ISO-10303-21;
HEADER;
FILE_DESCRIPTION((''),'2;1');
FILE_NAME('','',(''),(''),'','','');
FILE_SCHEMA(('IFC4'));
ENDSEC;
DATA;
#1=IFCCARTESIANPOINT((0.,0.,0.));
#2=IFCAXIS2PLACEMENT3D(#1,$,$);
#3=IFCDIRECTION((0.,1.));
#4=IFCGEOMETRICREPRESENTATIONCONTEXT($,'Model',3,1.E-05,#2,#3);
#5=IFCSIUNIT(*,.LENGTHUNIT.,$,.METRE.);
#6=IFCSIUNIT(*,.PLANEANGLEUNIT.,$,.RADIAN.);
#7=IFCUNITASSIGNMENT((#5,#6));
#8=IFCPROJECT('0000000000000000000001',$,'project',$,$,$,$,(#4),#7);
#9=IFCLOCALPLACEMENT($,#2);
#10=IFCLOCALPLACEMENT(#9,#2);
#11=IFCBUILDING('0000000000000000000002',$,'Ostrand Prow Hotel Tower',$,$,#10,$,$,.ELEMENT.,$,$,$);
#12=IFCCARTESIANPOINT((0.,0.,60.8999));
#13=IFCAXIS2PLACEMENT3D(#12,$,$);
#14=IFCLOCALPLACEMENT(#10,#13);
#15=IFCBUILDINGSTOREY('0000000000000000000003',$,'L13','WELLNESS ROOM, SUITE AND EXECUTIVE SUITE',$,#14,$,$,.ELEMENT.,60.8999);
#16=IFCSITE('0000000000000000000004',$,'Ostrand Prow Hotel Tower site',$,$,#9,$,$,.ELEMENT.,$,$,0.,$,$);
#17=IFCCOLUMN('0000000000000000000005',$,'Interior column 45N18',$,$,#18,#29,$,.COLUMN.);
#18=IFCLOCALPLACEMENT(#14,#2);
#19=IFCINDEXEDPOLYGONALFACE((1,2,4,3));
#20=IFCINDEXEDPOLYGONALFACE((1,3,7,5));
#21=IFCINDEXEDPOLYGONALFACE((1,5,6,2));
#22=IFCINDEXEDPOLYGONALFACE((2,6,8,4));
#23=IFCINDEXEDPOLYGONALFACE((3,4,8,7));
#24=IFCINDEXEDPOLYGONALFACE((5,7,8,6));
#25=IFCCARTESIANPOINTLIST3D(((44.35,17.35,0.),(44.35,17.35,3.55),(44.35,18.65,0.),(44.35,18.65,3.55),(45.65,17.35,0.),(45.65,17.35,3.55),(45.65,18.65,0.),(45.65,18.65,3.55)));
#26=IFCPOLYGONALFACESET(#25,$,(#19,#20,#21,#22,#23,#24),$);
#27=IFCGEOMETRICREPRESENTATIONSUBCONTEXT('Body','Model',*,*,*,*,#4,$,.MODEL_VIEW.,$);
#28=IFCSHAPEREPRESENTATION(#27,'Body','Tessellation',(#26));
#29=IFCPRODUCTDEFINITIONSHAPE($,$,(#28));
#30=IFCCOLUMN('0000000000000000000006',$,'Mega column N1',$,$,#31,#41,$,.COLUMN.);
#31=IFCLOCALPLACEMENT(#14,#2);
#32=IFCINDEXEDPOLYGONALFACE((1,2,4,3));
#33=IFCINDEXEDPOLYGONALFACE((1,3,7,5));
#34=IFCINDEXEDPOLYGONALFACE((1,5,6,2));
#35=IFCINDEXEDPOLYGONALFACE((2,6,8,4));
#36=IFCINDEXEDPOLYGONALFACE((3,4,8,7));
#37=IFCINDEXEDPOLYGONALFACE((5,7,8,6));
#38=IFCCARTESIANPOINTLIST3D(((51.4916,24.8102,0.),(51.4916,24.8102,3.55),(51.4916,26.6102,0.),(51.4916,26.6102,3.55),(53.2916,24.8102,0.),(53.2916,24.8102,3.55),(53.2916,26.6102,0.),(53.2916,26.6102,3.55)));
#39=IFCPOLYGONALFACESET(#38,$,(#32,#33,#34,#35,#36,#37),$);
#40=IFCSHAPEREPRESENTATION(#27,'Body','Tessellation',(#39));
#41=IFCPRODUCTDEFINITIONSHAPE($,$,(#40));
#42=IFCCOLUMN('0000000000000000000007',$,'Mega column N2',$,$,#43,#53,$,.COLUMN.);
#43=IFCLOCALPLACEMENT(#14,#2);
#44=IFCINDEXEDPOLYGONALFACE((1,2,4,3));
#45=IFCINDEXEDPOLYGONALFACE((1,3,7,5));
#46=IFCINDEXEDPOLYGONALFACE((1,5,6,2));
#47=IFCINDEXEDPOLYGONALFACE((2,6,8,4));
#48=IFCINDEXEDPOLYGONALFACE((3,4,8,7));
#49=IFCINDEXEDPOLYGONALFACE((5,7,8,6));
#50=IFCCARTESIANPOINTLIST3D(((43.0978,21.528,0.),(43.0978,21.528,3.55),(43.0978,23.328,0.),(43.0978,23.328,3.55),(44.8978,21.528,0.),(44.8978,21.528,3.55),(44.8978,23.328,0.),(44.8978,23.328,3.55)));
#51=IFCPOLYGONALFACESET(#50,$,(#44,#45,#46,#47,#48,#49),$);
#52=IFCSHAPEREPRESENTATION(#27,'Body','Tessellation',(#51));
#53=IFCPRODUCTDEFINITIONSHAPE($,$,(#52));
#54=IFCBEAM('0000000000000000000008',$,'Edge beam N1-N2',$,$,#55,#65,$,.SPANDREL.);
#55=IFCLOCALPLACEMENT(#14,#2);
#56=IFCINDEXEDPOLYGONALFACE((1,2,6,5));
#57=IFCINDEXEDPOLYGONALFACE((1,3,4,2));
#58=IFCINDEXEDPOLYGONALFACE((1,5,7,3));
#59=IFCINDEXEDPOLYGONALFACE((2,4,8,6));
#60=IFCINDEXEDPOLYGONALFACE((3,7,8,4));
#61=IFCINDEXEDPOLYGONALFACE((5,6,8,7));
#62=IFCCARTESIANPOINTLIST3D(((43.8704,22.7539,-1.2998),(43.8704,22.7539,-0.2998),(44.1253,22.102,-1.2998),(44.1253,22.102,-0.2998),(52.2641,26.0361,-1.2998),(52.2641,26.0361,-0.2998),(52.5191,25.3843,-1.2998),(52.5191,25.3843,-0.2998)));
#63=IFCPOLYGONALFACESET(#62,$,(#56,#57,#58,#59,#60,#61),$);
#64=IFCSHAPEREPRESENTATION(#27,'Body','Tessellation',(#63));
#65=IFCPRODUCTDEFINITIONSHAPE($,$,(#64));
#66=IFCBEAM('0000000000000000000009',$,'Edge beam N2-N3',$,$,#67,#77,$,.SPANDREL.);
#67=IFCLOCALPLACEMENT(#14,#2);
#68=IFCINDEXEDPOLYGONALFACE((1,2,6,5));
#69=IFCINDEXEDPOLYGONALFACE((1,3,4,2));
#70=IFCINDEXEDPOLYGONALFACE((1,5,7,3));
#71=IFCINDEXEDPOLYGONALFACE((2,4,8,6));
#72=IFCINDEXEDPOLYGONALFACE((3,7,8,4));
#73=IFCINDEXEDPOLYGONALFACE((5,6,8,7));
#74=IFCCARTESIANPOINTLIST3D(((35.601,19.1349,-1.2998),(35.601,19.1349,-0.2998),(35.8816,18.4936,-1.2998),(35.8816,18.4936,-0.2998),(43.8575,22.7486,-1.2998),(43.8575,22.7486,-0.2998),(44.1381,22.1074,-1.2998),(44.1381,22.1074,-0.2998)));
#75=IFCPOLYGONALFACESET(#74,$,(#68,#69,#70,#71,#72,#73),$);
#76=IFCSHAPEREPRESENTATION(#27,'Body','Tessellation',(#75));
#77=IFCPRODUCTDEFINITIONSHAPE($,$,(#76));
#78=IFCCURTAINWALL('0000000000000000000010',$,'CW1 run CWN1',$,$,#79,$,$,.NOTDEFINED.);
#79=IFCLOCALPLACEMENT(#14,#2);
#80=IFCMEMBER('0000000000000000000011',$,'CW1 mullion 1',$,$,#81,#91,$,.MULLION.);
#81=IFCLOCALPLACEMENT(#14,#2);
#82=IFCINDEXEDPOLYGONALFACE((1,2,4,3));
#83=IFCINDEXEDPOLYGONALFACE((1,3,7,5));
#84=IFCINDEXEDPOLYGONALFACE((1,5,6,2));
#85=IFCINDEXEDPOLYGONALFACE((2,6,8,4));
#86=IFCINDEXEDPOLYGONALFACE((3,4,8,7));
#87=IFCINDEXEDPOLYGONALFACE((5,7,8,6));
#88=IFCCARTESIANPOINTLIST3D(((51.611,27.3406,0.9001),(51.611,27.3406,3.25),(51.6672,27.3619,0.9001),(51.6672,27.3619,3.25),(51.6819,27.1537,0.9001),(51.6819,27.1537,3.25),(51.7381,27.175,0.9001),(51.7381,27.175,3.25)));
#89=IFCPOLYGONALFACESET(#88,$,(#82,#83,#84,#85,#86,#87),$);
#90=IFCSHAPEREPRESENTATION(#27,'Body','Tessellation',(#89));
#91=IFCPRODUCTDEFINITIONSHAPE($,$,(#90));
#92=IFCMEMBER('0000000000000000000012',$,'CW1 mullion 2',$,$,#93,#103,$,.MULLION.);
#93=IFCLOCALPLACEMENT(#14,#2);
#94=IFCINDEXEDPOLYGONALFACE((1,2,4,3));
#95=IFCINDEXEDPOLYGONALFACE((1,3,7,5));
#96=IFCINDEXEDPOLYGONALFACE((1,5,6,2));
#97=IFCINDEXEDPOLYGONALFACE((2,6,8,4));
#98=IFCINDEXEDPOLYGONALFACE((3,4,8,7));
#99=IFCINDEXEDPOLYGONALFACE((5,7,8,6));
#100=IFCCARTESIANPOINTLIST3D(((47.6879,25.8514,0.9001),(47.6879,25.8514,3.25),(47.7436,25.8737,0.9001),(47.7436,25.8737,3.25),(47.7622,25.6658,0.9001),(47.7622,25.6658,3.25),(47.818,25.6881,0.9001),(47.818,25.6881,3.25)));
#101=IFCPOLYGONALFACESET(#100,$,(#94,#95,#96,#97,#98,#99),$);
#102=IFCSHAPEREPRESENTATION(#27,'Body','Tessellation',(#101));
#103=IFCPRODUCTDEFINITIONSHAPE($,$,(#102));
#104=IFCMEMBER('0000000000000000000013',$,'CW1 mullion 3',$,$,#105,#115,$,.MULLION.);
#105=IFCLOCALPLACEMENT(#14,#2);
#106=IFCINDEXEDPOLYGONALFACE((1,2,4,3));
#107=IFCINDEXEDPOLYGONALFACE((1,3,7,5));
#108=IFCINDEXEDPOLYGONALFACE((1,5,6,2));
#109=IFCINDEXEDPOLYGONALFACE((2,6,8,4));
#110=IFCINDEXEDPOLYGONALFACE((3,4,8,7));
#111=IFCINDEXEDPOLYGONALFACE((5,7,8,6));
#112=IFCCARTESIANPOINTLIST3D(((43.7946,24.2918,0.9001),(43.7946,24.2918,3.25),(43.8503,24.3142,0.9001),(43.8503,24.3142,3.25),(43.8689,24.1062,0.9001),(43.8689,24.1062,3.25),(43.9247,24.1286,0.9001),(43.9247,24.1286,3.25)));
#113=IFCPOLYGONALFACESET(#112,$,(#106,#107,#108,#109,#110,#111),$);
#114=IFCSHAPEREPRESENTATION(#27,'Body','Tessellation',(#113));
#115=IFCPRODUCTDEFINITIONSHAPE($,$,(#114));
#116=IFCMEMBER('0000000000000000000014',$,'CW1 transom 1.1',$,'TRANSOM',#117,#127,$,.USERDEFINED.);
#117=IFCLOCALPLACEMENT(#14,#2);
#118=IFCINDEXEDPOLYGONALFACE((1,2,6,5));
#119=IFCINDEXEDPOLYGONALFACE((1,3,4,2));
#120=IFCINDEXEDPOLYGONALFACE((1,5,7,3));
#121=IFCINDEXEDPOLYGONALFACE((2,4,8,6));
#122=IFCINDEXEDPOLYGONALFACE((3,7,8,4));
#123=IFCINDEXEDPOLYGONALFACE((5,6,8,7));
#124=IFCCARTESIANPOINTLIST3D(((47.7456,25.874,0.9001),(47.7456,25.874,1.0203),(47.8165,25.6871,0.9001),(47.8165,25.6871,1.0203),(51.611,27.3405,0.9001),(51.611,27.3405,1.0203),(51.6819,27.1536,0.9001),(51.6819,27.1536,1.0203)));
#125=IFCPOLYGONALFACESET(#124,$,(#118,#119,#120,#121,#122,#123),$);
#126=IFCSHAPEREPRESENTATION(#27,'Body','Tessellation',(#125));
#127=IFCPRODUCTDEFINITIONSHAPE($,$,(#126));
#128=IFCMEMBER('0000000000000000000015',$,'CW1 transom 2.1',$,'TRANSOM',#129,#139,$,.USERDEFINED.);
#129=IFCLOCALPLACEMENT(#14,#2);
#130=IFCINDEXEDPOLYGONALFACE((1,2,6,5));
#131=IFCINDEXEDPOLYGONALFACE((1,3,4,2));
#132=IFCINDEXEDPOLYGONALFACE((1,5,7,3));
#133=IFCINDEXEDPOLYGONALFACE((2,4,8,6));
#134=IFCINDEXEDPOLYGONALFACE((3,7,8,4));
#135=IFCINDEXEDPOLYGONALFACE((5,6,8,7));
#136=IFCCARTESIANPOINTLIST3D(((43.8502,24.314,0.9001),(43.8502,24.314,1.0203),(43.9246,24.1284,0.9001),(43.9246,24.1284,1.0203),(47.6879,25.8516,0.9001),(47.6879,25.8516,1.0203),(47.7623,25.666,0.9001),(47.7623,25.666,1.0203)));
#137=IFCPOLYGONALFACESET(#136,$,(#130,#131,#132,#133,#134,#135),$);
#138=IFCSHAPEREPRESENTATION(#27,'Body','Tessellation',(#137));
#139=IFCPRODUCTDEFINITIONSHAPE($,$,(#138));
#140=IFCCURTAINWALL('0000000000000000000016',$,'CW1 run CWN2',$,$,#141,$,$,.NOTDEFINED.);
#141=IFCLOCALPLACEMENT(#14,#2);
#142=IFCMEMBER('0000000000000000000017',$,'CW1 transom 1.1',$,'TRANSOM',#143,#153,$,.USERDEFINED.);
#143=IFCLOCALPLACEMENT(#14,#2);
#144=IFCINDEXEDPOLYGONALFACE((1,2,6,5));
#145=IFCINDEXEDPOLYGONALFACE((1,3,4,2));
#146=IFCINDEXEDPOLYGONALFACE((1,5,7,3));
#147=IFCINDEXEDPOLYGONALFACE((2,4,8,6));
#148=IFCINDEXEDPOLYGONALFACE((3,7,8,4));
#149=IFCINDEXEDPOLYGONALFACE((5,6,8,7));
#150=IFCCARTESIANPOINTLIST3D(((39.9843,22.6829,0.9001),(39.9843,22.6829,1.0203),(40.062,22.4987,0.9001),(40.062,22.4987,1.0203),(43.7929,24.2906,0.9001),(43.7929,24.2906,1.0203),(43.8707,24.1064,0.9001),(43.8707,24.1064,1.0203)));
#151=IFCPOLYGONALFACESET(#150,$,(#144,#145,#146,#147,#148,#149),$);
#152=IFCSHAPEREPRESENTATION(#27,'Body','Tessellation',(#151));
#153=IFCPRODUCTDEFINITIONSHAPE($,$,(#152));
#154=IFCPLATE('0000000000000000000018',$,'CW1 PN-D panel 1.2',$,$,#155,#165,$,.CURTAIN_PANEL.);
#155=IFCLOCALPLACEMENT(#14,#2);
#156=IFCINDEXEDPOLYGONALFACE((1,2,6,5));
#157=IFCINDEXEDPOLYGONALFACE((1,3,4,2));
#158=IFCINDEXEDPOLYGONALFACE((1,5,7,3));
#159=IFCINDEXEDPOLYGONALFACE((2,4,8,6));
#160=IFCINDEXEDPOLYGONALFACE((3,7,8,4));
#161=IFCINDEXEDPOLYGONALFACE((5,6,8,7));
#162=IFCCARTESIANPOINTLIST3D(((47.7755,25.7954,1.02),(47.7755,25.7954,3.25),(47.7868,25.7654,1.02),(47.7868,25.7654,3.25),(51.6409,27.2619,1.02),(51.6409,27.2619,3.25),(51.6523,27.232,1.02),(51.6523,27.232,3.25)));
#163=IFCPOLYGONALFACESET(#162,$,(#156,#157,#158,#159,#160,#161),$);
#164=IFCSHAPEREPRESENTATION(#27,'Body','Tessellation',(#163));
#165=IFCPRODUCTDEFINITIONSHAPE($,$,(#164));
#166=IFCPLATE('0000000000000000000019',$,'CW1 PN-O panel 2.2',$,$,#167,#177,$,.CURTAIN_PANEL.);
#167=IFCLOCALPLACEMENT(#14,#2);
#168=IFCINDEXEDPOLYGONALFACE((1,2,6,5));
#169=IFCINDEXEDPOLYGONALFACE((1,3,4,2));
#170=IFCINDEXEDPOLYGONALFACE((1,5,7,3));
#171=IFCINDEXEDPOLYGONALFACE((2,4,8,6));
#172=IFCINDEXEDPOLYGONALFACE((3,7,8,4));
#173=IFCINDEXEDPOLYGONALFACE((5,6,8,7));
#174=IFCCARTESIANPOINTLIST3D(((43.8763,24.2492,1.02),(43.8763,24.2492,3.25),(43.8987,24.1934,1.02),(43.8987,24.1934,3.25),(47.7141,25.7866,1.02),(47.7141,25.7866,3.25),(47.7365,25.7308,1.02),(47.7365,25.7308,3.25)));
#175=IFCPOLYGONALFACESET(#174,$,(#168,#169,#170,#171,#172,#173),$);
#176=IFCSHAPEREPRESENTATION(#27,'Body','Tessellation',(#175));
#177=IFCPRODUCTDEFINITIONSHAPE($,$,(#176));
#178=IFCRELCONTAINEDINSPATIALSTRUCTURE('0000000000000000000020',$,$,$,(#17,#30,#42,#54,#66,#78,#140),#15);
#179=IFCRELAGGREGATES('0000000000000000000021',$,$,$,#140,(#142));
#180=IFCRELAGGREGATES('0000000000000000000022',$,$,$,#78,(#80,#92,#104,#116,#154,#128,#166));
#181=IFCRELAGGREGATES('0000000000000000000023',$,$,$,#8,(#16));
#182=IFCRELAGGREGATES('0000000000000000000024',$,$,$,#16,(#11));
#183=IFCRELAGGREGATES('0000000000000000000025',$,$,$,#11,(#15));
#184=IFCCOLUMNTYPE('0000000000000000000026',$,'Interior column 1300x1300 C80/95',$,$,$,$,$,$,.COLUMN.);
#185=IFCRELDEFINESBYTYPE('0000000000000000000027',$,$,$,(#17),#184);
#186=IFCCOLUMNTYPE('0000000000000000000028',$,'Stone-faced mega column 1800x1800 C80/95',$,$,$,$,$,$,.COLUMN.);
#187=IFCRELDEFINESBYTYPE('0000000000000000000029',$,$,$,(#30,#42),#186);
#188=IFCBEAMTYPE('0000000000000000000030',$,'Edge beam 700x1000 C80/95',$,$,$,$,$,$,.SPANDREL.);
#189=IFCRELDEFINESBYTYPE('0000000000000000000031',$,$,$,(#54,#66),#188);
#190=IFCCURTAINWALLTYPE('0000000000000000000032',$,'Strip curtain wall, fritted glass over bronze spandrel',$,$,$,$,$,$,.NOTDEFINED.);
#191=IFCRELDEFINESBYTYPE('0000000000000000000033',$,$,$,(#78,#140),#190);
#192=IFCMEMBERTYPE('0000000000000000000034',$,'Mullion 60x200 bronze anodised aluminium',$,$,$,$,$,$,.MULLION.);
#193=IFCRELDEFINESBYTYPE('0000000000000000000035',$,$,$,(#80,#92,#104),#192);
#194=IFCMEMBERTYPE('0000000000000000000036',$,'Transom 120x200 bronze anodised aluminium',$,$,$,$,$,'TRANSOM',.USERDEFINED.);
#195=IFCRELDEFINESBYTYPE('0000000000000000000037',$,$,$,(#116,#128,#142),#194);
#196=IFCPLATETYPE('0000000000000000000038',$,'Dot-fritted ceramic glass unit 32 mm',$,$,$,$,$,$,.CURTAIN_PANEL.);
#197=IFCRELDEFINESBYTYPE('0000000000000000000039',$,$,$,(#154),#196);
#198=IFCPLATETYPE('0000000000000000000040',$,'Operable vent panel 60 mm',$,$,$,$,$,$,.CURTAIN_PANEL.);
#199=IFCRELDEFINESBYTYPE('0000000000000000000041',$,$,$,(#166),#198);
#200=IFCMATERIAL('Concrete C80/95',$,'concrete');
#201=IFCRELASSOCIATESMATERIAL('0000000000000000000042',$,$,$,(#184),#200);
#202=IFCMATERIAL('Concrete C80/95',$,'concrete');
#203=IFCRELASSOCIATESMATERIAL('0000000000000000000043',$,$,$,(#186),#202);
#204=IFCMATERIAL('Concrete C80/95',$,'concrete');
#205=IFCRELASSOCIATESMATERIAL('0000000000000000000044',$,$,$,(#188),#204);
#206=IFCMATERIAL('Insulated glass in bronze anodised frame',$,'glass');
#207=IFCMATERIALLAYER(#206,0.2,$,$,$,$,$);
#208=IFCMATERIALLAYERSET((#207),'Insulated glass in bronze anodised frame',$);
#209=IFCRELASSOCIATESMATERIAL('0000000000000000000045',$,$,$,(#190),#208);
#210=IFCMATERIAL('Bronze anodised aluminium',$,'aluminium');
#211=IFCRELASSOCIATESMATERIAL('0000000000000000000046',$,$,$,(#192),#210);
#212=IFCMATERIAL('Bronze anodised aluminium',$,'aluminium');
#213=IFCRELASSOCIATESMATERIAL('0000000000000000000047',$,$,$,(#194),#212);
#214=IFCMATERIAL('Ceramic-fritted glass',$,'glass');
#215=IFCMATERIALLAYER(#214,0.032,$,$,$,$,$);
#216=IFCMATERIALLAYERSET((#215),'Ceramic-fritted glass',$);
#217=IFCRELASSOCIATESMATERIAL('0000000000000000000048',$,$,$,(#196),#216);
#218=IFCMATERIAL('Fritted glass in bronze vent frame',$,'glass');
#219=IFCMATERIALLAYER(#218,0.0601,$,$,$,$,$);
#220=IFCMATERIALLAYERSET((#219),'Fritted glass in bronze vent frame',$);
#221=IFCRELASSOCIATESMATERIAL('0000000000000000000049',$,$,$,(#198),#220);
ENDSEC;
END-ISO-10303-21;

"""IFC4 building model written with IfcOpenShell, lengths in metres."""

from ifc_helpers import new_model, si_unit, direction, frame, origin, origin_2d, place, context, subcontext, project, spatial, rectangle, extrude, material, layer, layer_set, material_profile, profile_set, type_object, element, aggregate, save


model = new_model("IFC4")

# Units and contexts
model_context = context("Model", 3, precision=1e-05, world=origin(), true_north=direction((0.0, 1.0)))
body_context = subcontext(model_context, "Body", "Model", "MODEL_VIEW")
ifc_project = project(units=[si_unit("LENGTHUNIT", "METRE"), si_unit("PLANEANGLEUNIT", "RADIAN")], contexts=[model_context])

# Site, building, storey
site_placement = place(None, origin())
site = spatial("IfcSite", under=ifc_project, at=site_placement, Name="Ostrand Prow Hotel Tower site", CompositionType="ELEMENT", RefElevation=0.0)
building_placement = place(site_placement, origin())
building = spatial("IfcBuilding", under=site, at=building_placement, Name="Ostrand Prow Hotel Tower", CompositionType="ELEMENT")
storey_placement = place(building_placement, frame((0.0, 0.0, 60.8999)))
storey = spatial("IfcBuildingStorey", under=building, at=storey_placement, Name="L13", Description="WELLNESS ROOM, SUITE AND EXECUTIVE SUITE", CompositionType="ELEMENT", Elevation=60.8999)

# Columns
ifc_material_1 = material(Name="Concrete C80/95", Category="concrete")
ifc_material_profile_1 = material_profile(ifc_material_1, rectangle(XDim=1.3, YDim=1.3, at=origin_2d()), Name="RC 1300x1300")
ifc_profile_set_1 = profile_set([ifc_material_profile_1], Name="Concrete C80/95")
column_type_1 = type_object("IfcColumnType", Name="Interior column 1300x1300 C80/95", PredefinedType="COLUMN", material=ifc_profile_set_1)
column_placement = place(storey_placement, frame((45.0, 18.0, 0.0), z_axis=(0.0, 0.0, 1.0), x_axis=(1.0, 0.0, 0.0)))
element("IfcColumn", 1, at=column_placement, inside=storey, type_object=column_type_1, Name="Interior column 45N18", PredefinedType="COLUMN", context=body_context, shape_type="SweptSolid", body=[
    extrude(rectangle(XDim=1.3, YDim=1.3, at=origin_2d()), origin(), (0.0, 0.0, 1.0), 3.55),
])
ifc_material_2 = material(Name="Concrete C80/95", Category="concrete")
ifc_material_profile_2 = material_profile(ifc_material_2, rectangle(XDim=1.8, YDim=1.8, at=origin_2d()), Name="RC 1800x1800")
ifc_profile_set_2 = profile_set([ifc_material_profile_2], Name="Concrete C80/95")
column_type_2 = type_object("IfcColumnType", Name="Stone-faced mega column 1800x1800 C80/95", PredefinedType="COLUMN", material=ifc_profile_set_2)
for number, where, z_axis, x_axis, name in (
    (2, (52.3916, 25.7102, 0.0), (0.0, 0.0, 1.0), (1.0, 0.0, 0.0), "Mega column N1"),
    (3, (43.9978, 22.428, 0.0), (0.0, 0.0, 1.0), (1.0, 0.0, 0.0), "Mega column N2"),
):
    element("IfcColumn", number, at=place(storey_placement, frame(where, z_axis=z_axis, x_axis=x_axis)), inside=storey, type_object=column_type_2, Name=name, PredefinedType="COLUMN", context=body_context, shape_type="SweptSolid", body=[
        extrude(rectangle(XDim=1.8, YDim=1.8, at=origin_2d()), origin(), (0.0, 0.0, 1.0), 3.55),
    ])

# Beams
ifc_material_3 = material(Name="Concrete C80/95", Category="concrete")
ifc_material_profile_3 = material_profile(ifc_material_3, rectangle(XDim=0.7, YDim=1.0, at=origin_2d()), Name="RC 700x1000")
ifc_profile_set_3 = profile_set([ifc_material_profile_3], Name="Concrete C80/95")
beam_type = type_object("IfcBeamType", Name="Edge beam 700x1000 C80/95", PredefinedType="SPANDREL", material=ifc_profile_set_3)
for number, where, z_axis, x_axis, name in (
    (4, (52.3916, 25.7102, -0.7998), (-0.931329, -0.364178, 0.0), (0.364178, -0.931329, 0.0), "Edge beam N1-N2"),
    (5, (43.9978, 22.428, -0.7998), (-0.916096, -0.40096, 0.0), (0.40096, -0.916096, 0.0), "Edge beam N2-N3"),
):
    element("IfcBeam", number, at=place(storey_placement, frame(where, z_axis=z_axis, x_axis=x_axis)), inside=storey, type_object=beam_type, Name=name, PredefinedType="SPANDREL", context=body_context, shape_type="SweptSolid", body=[
        extrude(rectangle(XDim=0.7, YDim=1.0, at=origin_2d()), origin(), (0.0, 0.0, 1.0), 9.0127),
    ])

# Curtain wall, members
ifc_material_4 = material(Name="Insulated glass in bronze anodised frame", Category="glass")
ifc_layer_1 = layer(ifc_material_4, 0.2)
ifc_layer_set_1 = layer_set([ifc_layer_1], Name="Insulated glass in bronze anodised frame")
curtain_wall_type = type_object("IfcCurtainWallType", Name="Strip curtain wall, fritted glass over bronze spandrel", PredefinedType="NOTDEFINED", material=ifc_layer_set_1)
curtain_wall_1_placement = place(storey_placement, origin())
curtain_wall_1 = element("IfcCurtainWall", 6, at=curtain_wall_1_placement, inside=storey, type_object=curtain_wall_type, Name="CW1 run CWN1", PredefinedType="NOTDEFINED")
ifc_material_5 = material(Name="Bronze anodised aluminium", Category="aluminium")
ifc_material_profile_4 = material_profile(ifc_material_5, rectangle(XDim=0.2, YDim=0.0601, at=origin_2d()), Name="Mullion 60x200 bronze anodised aluminium")
ifc_profile_set_4 = profile_set([ifc_material_profile_4], Name="Bronze anodised aluminium")
member_type_1 = type_object("IfcMemberType", Name="Mullion 60x200 bronze anodised aluminium", PredefinedType="MULLION", material=ifc_profile_set_4)
member_1_placement = place(storey_placement, frame((51.6746, 27.2578, 0.9001), z_axis=(0.0, 0.0, 1.0), x_axis=(0.354728, -0.934969, 0.0)))
member_1 = element("IfcMember", 7, at=member_1_placement, type_object=member_type_1, Name="CW1 mullion 1", PredefinedType="MULLION", context=body_context, shape_type="SweptSolid", body=[
    extrude(rectangle(XDim=0.2, YDim=0.0601, at=origin_2d()), origin(), (0.0, 0.0, 1.0), 2.3499),
])
member_2_placement = place(storey_placement, frame((47.7529, 25.7698, 0.9001), z_axis=(0.0, 0.0, 1.0), x_axis=(0.371873, -0.928283, 0.0)))
member_2 = element("IfcMember", 8, at=member_2_placement, type_object=member_type_1, Name="CW1 mullion 2", PredefinedType="MULLION", context=body_context, shape_type="SweptSolid", body=[
    extrude(rectangle(XDim=0.2, YDim=0.0601, at=origin_2d()), origin(), (0.0, 0.0, 1.0), 2.3499),
])
member_3_placement = place(storey_placement, frame((43.8596, 24.2102, 0.9001), z_axis=(0.0, 0.0, 1.0), x_axis=(0.371873, -0.928283, 0.0)))
member_3 = element("IfcMember", 9, at=member_3_placement, type_object=member_type_1, Name="CW1 mullion 3", PredefinedType="MULLION", context=body_context, shape_type="SweptSolid", body=[
    extrude(rectangle(XDim=0.2, YDim=0.0601, at=origin_2d()), origin(), (0.0, 0.0, 1.0), 2.3499),
])
ifc_material_6 = material(Name="Bronze anodised aluminium", Category="aluminium")
ifc_material_profile_5 = material_profile(ifc_material_6, rectangle(XDim=0.2, YDim=0.1201, at=origin_2d()), Name="Transom 120x200 bronze anodised aluminium")
ifc_profile_set_5 = profile_set([ifc_material_profile_5], Name="Bronze anodised aluminium")
member_type_2 = type_object("IfcMemberType", Name="Transom 120x200 bronze anodised aluminium", ElementType="TRANSOM", PredefinedType="USERDEFINED", material=ifc_profile_set_5)
member_4_placement = place(storey_placement, frame((51.6465, 27.2471, 0.9602), z_axis=(-0.934971, -0.354725, 0.0), x_axis=(0.354725, -0.934971, 0.0)))
member_4 = element("IfcMember", 10, at=member_4_placement, type_object=member_type_2, Name="CW1 transom 1.1", ObjectType="TRANSOM", PredefinedType="USERDEFINED", context=body_context, shape_type="SweptSolid", body=[
    extrude(rectangle(XDim=0.2, YDim=0.1201, at=origin_2d()), origin(), (0.0, 0.0, 1.0), 4.1343),
])
member_5_placement = place(storey_placement, frame((47.7251, 25.7588, 0.9602), z_axis=(-0.928265, -0.37192, 0.0), x_axis=(0.37192, -0.928265, 0.0)))
member_5 = element("IfcMember", 11, at=member_5_placement, type_object=member_type_2, Name="CW1 transom 2.1", ObjectType="TRANSOM", PredefinedType="USERDEFINED", context=body_context, shape_type="SweptSolid", body=[
    extrude(rectangle(XDim=0.2, YDim=0.1201, at=origin_2d()), origin(), (0.0, 0.0, 1.0), 4.1343),
])

# Curtain wall, member
curtain_wall_2_placement = place(storey_placement, origin())
curtain_wall_2 = element("IfcCurtainWall", 12, at=curtain_wall_2_placement, inside=storey, type_object=curtain_wall_type, Name="CW1 run CWN2", PredefinedType="NOTDEFINED")
member_6_placement = place(storey_placement, frame((43.8318, 24.1985, 0.9602), z_axis=(-0.921285, -0.388888, 0.0), x_axis=(0.388888, -0.921285, 0.0)))
member_6 = element("IfcMember", 13, at=member_6_placement, type_object=member_type_2, Name="CW1 transom 1.1", ObjectType="TRANSOM", PredefinedType="USERDEFINED", context=body_context, shape_type="SweptSolid", body=[
    extrude(rectangle(XDim=0.2, YDim=0.1201, at=origin_2d()), origin(), (0.0, 0.0, 1.0), 4.134),
])
aggregate(curtain_wall_2, [member_6])

# Plates
ifc_material_7 = material(Name="Ceramic-fritted glass", Category="glass")
ifc_layer_2 = layer(ifc_material_7, 0.032)
ifc_layer_set_2 = layer_set([ifc_layer_2], Name="Ceramic-fritted glass")
plate_type_1 = type_object("IfcPlateType", Name="Dot-fritted ceramic glass unit 32 mm", PredefinedType="CURTAIN_PANEL", material=ifc_layer_set_2)
plate_1_placement = place(storey_placement, frame((49.7139, 26.5137, 1.02), z_axis=(0.0, 0.0, 1.0), x_axis=(-0.934969, -0.354728, 0.0)))
plate_1 = element("IfcPlate", 14, at=plate_1_placement, type_object=plate_type_1, Name="CW1 PN-D panel 1.2", PredefinedType="CURTAIN_PANEL", context=body_context, shape_type="SweptSolid", body=[
    extrude(rectangle(XDim=4.1343, YDim=0.032, at=origin_2d()), origin(), (0.0, 0.0, 1.0), 2.23),
])
ifc_material_8 = material(Name="Fritted glass in bronze vent frame", Category="glass")
ifc_layer_3 = layer(ifc_material_8, 0.0601)
ifc_layer_set_3 = layer_set([ifc_layer_3], Name="Fritted glass in bronze vent frame")
plate_type_2 = type_object("IfcPlateType", Name="Operable vent panel 60 mm", PredefinedType="CURTAIN_PANEL", material=ifc_layer_set_3)
plate_2_placement = place(storey_placement, frame((45.8064, 24.99, 1.02), z_axis=(0.0, 0.0, 1.0), x_axis=(-0.928283, -0.371873, 0.0)))
plate_2 = element("IfcPlate", 15, at=plate_2_placement, type_object=plate_type_2, Name="CW1 PN-O panel 2.2", PredefinedType="CURTAIN_PANEL", context=body_context, shape_type="SweptSolid", body=[
    extrude(rectangle(XDim=4.1343, YDim=0.0601, at=origin_2d()), origin(), (0.0, 0.0, 1.0), 2.23),
])
aggregate(curtain_wall_1, [member_1, member_2, member_3, member_4, plate_1, member_5, plate_2])

save(model, "model.ifc")
